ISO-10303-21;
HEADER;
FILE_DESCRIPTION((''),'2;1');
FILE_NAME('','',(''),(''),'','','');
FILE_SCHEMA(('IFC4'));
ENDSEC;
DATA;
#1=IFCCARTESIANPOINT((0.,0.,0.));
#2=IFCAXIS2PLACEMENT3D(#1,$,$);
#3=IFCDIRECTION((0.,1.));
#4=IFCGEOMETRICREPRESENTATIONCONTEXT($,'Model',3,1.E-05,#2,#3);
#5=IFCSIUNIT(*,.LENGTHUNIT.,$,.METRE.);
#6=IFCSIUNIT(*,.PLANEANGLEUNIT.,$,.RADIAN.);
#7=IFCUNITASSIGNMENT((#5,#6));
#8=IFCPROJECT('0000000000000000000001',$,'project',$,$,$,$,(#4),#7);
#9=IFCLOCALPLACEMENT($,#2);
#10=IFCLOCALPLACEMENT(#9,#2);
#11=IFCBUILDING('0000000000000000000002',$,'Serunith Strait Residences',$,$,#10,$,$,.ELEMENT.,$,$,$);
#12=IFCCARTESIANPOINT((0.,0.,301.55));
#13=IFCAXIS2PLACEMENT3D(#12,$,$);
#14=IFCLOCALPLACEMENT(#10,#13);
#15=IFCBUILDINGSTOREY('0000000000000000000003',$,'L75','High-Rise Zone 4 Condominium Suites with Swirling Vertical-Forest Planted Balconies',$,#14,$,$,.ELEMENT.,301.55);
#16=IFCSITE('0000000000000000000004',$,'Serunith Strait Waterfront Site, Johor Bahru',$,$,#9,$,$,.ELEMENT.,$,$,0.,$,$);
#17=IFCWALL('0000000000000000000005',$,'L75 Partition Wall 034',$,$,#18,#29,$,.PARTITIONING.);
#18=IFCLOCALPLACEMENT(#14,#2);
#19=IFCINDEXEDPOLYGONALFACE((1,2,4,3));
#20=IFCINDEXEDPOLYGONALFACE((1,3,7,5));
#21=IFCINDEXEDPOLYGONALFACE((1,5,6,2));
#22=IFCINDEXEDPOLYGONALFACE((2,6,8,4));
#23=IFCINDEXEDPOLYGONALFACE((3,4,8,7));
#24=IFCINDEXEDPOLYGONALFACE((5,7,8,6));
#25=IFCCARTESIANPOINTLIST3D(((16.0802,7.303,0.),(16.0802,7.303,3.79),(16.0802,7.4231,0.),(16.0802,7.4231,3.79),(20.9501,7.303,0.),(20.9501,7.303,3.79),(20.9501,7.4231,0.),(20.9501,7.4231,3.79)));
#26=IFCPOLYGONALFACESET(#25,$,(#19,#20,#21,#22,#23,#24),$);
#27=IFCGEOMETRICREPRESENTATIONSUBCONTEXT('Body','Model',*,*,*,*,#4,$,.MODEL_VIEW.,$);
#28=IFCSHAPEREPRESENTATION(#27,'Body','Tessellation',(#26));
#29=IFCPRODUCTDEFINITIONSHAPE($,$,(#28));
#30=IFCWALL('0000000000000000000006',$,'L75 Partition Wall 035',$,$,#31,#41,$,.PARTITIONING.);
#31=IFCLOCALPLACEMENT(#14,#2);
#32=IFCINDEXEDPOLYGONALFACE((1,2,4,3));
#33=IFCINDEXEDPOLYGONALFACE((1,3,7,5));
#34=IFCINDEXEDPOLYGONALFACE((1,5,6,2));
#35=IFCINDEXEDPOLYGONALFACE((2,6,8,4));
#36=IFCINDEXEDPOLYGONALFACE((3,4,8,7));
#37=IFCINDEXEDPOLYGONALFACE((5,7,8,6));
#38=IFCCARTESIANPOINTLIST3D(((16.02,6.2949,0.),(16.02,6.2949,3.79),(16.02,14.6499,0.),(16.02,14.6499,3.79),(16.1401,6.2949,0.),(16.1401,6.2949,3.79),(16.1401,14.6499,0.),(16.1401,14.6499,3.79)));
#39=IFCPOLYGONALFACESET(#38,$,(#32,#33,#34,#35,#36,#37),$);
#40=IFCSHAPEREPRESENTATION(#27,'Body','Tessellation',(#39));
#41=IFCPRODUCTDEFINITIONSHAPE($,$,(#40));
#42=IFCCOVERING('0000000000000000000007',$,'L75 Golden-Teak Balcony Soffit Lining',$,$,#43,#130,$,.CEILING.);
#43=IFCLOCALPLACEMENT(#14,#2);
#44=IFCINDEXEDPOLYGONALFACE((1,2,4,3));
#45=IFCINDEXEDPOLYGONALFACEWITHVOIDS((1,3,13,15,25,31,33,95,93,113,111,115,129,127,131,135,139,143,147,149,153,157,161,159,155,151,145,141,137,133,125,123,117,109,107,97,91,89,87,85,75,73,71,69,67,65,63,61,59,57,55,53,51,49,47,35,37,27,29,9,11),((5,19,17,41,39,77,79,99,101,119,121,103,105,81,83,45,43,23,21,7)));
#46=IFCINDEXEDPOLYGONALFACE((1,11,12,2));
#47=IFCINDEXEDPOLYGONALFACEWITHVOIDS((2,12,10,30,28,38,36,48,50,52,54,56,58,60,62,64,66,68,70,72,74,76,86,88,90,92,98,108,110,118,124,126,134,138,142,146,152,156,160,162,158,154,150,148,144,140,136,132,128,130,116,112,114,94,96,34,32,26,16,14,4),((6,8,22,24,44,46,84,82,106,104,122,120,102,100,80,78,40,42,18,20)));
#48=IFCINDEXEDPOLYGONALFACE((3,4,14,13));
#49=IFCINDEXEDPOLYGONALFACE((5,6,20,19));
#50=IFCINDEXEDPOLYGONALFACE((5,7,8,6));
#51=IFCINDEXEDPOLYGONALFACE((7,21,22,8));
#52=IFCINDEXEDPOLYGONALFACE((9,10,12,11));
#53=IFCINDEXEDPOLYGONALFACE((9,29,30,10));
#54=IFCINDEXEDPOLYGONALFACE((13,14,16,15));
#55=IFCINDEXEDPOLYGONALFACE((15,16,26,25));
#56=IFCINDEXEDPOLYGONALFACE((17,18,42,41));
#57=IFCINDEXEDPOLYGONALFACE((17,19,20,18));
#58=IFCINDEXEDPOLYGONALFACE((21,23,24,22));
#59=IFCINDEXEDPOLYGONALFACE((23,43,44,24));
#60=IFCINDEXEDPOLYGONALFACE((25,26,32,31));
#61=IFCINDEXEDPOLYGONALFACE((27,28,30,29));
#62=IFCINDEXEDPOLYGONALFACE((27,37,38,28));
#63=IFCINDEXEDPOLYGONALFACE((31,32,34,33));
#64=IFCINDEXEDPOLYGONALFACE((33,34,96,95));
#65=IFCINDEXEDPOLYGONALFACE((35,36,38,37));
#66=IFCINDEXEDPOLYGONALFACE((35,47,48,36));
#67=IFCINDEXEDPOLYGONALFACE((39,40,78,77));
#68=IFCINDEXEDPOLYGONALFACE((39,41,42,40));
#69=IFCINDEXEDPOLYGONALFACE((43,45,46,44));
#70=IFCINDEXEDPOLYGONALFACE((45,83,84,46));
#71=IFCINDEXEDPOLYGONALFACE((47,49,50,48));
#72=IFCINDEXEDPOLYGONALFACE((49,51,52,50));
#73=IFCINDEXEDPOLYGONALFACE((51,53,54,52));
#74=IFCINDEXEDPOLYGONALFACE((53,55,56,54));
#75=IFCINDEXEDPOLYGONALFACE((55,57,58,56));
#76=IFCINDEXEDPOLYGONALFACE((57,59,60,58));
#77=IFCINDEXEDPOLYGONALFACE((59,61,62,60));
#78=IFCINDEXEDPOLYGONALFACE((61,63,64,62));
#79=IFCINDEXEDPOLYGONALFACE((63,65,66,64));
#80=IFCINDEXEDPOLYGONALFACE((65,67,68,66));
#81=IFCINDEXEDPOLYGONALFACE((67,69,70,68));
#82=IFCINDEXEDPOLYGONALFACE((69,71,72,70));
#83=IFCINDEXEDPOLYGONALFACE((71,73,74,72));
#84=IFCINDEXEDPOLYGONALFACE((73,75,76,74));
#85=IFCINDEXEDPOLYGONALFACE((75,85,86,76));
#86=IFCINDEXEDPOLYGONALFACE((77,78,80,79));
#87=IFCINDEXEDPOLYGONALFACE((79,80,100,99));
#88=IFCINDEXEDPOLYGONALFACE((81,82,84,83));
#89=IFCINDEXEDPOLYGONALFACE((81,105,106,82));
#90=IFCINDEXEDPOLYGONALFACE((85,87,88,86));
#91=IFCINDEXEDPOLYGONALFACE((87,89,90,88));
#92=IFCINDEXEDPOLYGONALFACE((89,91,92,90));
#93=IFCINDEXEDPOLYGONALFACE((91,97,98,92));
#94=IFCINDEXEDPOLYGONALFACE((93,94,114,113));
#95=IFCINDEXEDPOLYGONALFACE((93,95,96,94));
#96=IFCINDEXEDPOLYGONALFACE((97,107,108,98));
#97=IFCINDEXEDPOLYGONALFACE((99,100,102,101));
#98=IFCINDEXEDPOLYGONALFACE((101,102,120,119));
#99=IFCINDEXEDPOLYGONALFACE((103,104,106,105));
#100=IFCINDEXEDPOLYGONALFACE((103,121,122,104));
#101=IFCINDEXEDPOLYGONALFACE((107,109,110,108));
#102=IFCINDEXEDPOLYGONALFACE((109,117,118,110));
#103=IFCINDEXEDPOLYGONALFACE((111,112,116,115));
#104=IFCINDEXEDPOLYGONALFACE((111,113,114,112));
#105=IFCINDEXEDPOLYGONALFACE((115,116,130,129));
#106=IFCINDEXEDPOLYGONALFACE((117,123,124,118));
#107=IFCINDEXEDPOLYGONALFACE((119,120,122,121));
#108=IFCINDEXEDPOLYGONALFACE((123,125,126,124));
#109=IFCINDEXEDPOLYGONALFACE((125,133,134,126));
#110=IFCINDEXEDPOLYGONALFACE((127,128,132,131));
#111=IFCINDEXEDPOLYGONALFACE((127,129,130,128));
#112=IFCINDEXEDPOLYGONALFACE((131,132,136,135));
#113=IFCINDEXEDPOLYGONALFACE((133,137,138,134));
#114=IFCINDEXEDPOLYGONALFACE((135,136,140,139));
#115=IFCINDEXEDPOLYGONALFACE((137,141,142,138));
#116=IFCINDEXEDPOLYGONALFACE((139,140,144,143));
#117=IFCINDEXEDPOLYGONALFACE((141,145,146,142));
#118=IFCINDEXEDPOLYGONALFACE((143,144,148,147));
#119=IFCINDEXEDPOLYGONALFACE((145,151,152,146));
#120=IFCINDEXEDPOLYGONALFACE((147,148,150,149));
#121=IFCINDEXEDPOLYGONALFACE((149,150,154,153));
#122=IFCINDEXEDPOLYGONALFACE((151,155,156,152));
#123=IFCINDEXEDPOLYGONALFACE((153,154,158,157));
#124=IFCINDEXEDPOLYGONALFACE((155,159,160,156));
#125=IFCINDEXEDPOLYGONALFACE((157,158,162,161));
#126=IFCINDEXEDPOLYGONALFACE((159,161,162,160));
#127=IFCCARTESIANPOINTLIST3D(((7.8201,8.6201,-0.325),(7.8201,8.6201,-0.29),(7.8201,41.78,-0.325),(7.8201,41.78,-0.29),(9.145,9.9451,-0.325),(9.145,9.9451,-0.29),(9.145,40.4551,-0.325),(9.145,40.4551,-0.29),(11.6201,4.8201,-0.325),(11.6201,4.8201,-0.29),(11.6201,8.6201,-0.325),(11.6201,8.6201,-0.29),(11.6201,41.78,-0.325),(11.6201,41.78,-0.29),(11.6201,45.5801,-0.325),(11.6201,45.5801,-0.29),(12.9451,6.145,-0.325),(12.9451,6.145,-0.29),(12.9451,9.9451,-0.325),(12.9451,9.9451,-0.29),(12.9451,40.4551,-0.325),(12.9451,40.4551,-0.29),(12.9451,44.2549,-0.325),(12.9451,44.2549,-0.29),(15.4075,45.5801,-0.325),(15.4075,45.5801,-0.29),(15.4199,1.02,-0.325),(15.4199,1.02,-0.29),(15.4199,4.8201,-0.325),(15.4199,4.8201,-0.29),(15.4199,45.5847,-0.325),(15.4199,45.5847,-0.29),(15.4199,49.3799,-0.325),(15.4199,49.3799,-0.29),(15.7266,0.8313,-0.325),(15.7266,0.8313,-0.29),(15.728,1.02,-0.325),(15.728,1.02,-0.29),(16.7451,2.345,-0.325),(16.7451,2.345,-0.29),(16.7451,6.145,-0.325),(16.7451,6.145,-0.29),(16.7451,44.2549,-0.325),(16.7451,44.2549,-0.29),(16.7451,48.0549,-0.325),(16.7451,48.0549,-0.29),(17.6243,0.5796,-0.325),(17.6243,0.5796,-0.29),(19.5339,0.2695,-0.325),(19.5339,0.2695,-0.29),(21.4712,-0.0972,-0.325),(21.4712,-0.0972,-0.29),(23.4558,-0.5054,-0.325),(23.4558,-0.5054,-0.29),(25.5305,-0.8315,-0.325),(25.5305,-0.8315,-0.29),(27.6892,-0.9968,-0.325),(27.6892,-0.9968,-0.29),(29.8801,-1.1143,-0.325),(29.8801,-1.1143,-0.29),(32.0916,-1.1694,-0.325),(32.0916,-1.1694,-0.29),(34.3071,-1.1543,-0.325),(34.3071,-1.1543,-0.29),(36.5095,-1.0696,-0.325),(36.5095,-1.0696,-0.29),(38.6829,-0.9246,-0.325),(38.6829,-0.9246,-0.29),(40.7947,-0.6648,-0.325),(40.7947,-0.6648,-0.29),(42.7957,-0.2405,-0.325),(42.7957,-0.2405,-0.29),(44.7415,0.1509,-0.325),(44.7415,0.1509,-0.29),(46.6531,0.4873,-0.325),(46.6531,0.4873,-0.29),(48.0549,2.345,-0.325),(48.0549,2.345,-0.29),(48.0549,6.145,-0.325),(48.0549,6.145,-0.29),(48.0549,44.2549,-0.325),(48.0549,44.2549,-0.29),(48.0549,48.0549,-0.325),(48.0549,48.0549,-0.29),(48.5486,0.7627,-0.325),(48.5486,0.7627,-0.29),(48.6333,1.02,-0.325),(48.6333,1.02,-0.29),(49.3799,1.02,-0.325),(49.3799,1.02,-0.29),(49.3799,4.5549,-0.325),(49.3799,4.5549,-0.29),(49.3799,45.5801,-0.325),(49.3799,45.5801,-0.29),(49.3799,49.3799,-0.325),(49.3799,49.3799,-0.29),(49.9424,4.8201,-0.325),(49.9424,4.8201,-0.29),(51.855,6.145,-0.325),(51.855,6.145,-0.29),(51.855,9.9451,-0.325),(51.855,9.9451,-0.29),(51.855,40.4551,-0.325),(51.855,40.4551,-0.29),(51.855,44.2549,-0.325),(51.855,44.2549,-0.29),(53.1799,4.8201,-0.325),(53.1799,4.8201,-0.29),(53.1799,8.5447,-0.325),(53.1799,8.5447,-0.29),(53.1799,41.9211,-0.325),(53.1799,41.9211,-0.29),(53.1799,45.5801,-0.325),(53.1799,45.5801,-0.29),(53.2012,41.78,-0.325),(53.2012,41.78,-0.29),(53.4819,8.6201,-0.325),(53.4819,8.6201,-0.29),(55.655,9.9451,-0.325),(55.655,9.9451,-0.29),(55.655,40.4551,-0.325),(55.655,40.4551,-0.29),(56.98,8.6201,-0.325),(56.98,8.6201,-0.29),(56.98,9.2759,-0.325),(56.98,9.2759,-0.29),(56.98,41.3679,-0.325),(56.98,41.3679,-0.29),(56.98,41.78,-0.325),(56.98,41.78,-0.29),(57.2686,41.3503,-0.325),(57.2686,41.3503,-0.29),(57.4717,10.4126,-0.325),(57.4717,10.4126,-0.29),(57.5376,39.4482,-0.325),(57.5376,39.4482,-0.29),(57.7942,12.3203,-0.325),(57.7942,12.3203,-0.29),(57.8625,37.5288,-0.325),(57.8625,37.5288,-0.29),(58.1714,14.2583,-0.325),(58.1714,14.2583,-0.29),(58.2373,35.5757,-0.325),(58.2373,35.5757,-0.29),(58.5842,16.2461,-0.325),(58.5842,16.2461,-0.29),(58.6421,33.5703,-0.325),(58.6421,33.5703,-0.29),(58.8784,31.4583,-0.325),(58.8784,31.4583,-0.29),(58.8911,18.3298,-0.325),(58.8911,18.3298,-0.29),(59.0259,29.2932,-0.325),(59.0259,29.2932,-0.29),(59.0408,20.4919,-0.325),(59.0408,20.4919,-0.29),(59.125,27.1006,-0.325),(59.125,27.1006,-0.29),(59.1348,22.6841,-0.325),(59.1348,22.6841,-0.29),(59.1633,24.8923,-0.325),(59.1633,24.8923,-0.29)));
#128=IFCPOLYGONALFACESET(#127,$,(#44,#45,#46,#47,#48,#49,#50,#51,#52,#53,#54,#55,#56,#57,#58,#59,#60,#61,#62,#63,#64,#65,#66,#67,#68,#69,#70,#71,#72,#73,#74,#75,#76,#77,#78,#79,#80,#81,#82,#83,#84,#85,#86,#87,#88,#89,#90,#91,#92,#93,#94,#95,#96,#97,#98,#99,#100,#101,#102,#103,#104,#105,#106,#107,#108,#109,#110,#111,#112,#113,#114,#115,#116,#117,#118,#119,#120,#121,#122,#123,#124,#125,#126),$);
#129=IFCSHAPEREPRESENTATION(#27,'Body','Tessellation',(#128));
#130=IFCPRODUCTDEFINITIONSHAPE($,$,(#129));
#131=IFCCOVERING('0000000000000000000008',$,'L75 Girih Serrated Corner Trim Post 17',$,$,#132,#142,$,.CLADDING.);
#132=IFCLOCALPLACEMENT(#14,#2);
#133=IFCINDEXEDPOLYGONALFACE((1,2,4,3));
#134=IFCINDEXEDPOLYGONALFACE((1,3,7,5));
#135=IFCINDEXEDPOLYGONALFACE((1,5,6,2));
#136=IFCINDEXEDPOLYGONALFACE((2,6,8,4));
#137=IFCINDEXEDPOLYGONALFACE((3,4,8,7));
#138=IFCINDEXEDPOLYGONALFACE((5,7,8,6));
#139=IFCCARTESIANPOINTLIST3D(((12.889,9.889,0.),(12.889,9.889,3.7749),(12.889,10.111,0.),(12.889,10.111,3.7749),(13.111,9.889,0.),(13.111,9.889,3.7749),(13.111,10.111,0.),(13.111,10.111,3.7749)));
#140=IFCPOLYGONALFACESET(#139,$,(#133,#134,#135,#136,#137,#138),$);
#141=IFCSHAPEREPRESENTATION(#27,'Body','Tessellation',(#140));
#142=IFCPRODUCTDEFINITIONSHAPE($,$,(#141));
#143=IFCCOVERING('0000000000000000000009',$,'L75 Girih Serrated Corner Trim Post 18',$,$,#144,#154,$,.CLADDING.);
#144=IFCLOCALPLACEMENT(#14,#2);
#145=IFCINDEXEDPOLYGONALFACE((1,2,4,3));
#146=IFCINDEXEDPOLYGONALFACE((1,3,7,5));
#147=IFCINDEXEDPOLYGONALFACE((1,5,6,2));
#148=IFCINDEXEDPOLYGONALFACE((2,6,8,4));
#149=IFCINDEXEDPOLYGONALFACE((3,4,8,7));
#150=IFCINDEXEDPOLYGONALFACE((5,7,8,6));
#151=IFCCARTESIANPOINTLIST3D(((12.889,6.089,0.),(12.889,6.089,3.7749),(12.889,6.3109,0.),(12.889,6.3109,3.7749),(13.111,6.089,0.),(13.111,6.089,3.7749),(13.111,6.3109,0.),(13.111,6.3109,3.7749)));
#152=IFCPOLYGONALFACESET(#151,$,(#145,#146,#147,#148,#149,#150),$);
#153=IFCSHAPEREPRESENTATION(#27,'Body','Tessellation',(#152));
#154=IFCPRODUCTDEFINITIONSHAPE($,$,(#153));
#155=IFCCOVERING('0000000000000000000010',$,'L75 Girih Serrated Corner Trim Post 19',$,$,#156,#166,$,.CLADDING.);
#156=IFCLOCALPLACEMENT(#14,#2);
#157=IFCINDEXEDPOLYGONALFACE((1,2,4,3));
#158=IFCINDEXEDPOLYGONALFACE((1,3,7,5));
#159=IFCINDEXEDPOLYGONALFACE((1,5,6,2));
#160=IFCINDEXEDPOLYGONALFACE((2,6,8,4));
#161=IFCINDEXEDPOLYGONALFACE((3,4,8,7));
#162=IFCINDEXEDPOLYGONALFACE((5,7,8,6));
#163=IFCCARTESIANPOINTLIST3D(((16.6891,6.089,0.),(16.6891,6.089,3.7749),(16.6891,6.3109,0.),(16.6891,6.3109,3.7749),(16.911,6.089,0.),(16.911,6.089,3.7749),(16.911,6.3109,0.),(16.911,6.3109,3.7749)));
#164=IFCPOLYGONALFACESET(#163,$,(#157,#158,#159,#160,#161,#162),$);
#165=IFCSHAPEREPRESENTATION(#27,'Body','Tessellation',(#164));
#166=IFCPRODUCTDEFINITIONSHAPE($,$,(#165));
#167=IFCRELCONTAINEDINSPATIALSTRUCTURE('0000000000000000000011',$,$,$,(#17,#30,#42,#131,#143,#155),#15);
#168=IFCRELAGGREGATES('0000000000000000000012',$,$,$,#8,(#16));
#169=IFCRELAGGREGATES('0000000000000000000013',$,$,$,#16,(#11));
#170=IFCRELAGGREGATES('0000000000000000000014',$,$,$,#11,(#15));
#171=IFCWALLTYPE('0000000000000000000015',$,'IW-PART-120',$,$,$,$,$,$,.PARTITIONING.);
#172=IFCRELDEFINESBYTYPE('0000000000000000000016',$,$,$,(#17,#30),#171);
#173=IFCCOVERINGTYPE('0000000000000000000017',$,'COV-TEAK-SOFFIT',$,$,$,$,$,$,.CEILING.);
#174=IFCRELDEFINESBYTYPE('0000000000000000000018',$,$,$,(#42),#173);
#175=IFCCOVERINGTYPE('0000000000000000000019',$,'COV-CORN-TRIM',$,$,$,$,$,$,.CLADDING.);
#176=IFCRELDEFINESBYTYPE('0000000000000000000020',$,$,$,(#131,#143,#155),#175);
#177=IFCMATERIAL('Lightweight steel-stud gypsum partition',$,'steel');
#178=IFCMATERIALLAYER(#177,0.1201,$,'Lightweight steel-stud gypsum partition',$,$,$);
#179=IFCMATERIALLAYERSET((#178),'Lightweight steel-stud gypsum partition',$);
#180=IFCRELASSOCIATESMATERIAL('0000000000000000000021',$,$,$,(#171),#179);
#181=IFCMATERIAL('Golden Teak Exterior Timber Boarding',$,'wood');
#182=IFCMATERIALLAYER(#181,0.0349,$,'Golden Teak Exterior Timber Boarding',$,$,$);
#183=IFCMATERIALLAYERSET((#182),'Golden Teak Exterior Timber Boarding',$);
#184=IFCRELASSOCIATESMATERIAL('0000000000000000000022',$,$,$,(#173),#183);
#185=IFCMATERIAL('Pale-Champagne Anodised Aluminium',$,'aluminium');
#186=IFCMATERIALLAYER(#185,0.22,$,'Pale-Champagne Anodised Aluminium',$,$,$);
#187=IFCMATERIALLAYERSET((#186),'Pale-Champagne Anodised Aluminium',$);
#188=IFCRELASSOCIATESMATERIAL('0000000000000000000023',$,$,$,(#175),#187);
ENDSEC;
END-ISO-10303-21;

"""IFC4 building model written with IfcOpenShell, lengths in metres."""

from ifc_helpers import new_model, si_unit, direction, frame, frame_2d, origin, origin_2d, place, context, subcontext, project, spatial, polyline, rectangle, outline, extrude, source, transform, mapped, material, layer, layer_set, type_object, element, save


model = new_model("IFC4")

# Units and contexts
model_context = context("Model", 3, precision=1e-05, world=origin(), true_north=direction((0.0, 1.0)))
body_context = subcontext(model_context, "Body", "Model", "MODEL_VIEW")
ifc_project = project(units=[si_unit("LENGTHUNIT", "METRE"), si_unit("PLANEANGLEUNIT", "RADIAN")], contexts=[model_context])

# Site, building, storey
site_placement = place(None, origin())
site = spatial("IfcSite", under=ifc_project, at=site_placement, Name="Serunith Strait Waterfront Site, Johor Bahru", CompositionType="ELEMENT", RefElevation=0.0)
building_placement = place(site_placement, origin())
building = spatial("IfcBuilding", under=site, at=building_placement, Name="Serunith Strait Residences", CompositionType="ELEMENT")
storey_placement = place(building_placement, frame((0.0, 0.0, 301.55)))
storey = spatial("IfcBuildingStorey", under=building, at=storey_placement, Name="L75", Description="High-Rise Zone 4 Condominium Suites with Swirling Vertical-Forest Planted Balconies", CompositionType="ELEMENT", Elevation=301.55)

# Walls
ifc_material_1 = material(Name="Lightweight steel-stud gypsum partition", Category="steel")
ifc_layer_1 = layer(ifc_material_1, 0.1201, Name="Lightweight steel-stud gypsum partition")
ifc_layer_set_1 = layer_set([ifc_layer_1], Name="Lightweight steel-stud gypsum partition")
wall_type_1 = type_object("IfcWallType", Name="IW-PART-120", PredefinedType="PARTITIONING", material=ifc_layer_set_1)
wall_1_placement = place(storey_placement, frame((16.0801, 7.363, 0.0), z_axis=(0.0, 0.0, 1.0), x_axis=(1.0, 0.0, 0.0)))
element("IfcWall", 1, at=wall_1_placement, inside=storey, type_object=wall_type_1, Name="L75 Partition Wall 034", PredefinedType="PARTITIONING", context=body_context, shape_type="SweptSolid", body=[
    extrude(rectangle(XDim=4.8699, YDim=0.1201, at=frame_2d((2.4351, 0.0))), origin(), (0.0, 0.0, 1.0), 3.79),
])
wall_2_placement = place(storey_placement, frame((16.0801, 6.2949, 0.0), z_axis=(0.0, 0.0, 1.0), x_axis=(0.0, 1.0, 0.0)))
element("IfcWall", 2, at=wall_2_placement, inside=storey, type_object=wall_type_1, Name="L75 Partition Wall 035", PredefinedType="PARTITIONING", context=body_context, shape_type="SweptSolid", body=[
    extrude(rectangle(XDim=8.355, YDim=0.1201, at=frame_2d((4.1775, 0.0))), origin(), (0.0, 0.0, 1.0), 3.79),
])

# Covering
ifc_material_2 = material(Name="Golden Teak Exterior Timber Boarding", Category="wood")
ifc_layer_2 = layer(ifc_material_2, 0.0349, Name="Golden Teak Exterior Timber Boarding")
ifc_layer_set_2 = layer_set([ifc_layer_2], Name="Golden Teak Exterior Timber Boarding")
covering_type_1 = type_object("IfcCoveringType", Name="COV-TEAK-SOFFIT", PredefinedType="CEILING", material=ifc_layer_set_2)
covering_placement = place(storey_placement, frame((0.0, 0.0, -0.325)))
element("IfcCovering", 3, at=covering_placement, inside=storey, type_object=covering_type_1, Name="L75 Golden-Teak Balcony Soffit Lining", PredefinedType="CEILING", context=body_context, shape_type="SweptSolid", body=[
    extrude(outline(polyline([(15.4199, 1.02), (15.4199, 4.8201), (11.6201, 4.8201), (11.6201, 8.6201), (7.8201, 8.6201), (7.8201, 41.78), (11.6201, 41.78), (11.6201, 45.5801), (15.4075, 45.5801), (15.4199, 45.5847), (15.4199, 49.3799), (49.3799, 49.3799), (49.3799, 45.5801), (53.1799, 45.5801), (53.1799, 41.9211), (53.2012, 41.78), (56.98, 41.78), (56.98, 41.3679), (57.2686, 41.3503), (57.5376, 39.4482), (57.8625, 37.5288), (58.2373, 35.5757), (58.6421, 33.5703), (58.8784, 31.4583), (59.0259, 29.2932), (59.125, 27.1006), (59.1633, 24.8923), (59.1348, 22.6841), (59.0408, 20.4919), (58.8911, 18.3298), (58.5842, 16.2461), (58.1714, 14.2583), (57.7942, 12.3203), (57.4717, 10.4126), (56.98, 9.2759), (56.98, 8.6201), (53.4819, 8.6201), (53.1799, 8.5447), (53.1799, 4.8201), (49.9424, 4.8201), (49.3799, 4.5549), (49.3799, 1.02), (48.6333, 1.02), (48.5486, 0.7627), (46.6531, 0.4873), (44.7415, 0.1509), (42.7957, -0.2405), (40.7947, -0.6648), (38.6829, -0.9246), (36.5095, -1.0696), (34.3071, -1.1543), (32.0916, -1.1694), (29.8801, -1.1143), (27.6892, -0.9968), (25.5305, -0.8315), (23.4558, -0.5054), (21.4712, -0.0972), (19.5339, 0.2695), (17.6243, 0.5796), (15.7266, 0.8313), (15.728, 1.02), (15.4199, 1.02)]), holes=[polyline([(48.0549, 2.345), (48.0549, 6.145), (51.855, 6.145), (51.855, 9.9451), (55.655, 9.9451), (55.655, 40.4551), (51.855, 40.4551), (51.855, 44.2549), (48.0549, 44.2549), (48.0549, 48.0549), (16.7451, 48.0549), (16.7451, 44.2549), (12.9451, 44.2549), (12.9451, 40.4551), (9.145, 40.4551), (9.145, 9.9451), (12.9451, 9.9451), (12.9451, 6.145), (16.7451, 6.145), (16.7451, 2.345), (48.0549, 2.345)])]), origin(), (0.0, 0.0, 1.0), 0.0349),
])

# Coverings
ifc_material_3 = material(Name="Pale-Champagne Anodised Aluminium", Category="aluminium")
ifc_layer_3 = layer(ifc_material_3, 0.22, Name="Pale-Champagne Anodised Aluminium")
ifc_layer_set_3 = layer_set([ifc_layer_3], Name="Pale-Champagne Anodised Aluminium")
covering_type_2 = type_object("IfcCoveringType", Name="COV-CORN-TRIM", PredefinedType="CLADDING", material=ifc_layer_set_3)
shared_shape_1 = source(origin(), body_context, "Body", "SweptSolid", [
    extrude(rectangle(XDim=0.2219, YDim=0.2219, at=origin_2d()), origin(), (0.0, 0.0, 1.0), 3.7749),
])
for number, where, z_axis, x_axis, name in (
    (4, (13.0, 10.0, 0.0), (0.0, 0.0, 1.0), (1.0, 0.0, 0.0), "L75 Girih Serrated Corner Trim Post 17"),
    (5, (13.0, 6.2, 0.0), (0.0, 0.0, 1.0), (1.0, 0.0, 0.0), "L75 Girih Serrated Corner Trim Post 18"),
    (6, (16.8, 6.2, 0.0), (0.0, 0.0, 1.0), (1.0, 0.0, 0.0), "L75 Girih Serrated Corner Trim Post 19"),
):
    element("IfcCovering", number, at=place(storey_placement, frame(where, z_axis=z_axis, x_axis=x_axis)), inside=storey, type_object=covering_type_2, Name=name, PredefinedType="CLADDING", context=body_context, shape_type="MappedRepresentation", body=[
        mapped(shared_shape_1, transform((0.0, 0.0, 0.0), scale=1.0)),
    ])

save(model, "model.ifc")
